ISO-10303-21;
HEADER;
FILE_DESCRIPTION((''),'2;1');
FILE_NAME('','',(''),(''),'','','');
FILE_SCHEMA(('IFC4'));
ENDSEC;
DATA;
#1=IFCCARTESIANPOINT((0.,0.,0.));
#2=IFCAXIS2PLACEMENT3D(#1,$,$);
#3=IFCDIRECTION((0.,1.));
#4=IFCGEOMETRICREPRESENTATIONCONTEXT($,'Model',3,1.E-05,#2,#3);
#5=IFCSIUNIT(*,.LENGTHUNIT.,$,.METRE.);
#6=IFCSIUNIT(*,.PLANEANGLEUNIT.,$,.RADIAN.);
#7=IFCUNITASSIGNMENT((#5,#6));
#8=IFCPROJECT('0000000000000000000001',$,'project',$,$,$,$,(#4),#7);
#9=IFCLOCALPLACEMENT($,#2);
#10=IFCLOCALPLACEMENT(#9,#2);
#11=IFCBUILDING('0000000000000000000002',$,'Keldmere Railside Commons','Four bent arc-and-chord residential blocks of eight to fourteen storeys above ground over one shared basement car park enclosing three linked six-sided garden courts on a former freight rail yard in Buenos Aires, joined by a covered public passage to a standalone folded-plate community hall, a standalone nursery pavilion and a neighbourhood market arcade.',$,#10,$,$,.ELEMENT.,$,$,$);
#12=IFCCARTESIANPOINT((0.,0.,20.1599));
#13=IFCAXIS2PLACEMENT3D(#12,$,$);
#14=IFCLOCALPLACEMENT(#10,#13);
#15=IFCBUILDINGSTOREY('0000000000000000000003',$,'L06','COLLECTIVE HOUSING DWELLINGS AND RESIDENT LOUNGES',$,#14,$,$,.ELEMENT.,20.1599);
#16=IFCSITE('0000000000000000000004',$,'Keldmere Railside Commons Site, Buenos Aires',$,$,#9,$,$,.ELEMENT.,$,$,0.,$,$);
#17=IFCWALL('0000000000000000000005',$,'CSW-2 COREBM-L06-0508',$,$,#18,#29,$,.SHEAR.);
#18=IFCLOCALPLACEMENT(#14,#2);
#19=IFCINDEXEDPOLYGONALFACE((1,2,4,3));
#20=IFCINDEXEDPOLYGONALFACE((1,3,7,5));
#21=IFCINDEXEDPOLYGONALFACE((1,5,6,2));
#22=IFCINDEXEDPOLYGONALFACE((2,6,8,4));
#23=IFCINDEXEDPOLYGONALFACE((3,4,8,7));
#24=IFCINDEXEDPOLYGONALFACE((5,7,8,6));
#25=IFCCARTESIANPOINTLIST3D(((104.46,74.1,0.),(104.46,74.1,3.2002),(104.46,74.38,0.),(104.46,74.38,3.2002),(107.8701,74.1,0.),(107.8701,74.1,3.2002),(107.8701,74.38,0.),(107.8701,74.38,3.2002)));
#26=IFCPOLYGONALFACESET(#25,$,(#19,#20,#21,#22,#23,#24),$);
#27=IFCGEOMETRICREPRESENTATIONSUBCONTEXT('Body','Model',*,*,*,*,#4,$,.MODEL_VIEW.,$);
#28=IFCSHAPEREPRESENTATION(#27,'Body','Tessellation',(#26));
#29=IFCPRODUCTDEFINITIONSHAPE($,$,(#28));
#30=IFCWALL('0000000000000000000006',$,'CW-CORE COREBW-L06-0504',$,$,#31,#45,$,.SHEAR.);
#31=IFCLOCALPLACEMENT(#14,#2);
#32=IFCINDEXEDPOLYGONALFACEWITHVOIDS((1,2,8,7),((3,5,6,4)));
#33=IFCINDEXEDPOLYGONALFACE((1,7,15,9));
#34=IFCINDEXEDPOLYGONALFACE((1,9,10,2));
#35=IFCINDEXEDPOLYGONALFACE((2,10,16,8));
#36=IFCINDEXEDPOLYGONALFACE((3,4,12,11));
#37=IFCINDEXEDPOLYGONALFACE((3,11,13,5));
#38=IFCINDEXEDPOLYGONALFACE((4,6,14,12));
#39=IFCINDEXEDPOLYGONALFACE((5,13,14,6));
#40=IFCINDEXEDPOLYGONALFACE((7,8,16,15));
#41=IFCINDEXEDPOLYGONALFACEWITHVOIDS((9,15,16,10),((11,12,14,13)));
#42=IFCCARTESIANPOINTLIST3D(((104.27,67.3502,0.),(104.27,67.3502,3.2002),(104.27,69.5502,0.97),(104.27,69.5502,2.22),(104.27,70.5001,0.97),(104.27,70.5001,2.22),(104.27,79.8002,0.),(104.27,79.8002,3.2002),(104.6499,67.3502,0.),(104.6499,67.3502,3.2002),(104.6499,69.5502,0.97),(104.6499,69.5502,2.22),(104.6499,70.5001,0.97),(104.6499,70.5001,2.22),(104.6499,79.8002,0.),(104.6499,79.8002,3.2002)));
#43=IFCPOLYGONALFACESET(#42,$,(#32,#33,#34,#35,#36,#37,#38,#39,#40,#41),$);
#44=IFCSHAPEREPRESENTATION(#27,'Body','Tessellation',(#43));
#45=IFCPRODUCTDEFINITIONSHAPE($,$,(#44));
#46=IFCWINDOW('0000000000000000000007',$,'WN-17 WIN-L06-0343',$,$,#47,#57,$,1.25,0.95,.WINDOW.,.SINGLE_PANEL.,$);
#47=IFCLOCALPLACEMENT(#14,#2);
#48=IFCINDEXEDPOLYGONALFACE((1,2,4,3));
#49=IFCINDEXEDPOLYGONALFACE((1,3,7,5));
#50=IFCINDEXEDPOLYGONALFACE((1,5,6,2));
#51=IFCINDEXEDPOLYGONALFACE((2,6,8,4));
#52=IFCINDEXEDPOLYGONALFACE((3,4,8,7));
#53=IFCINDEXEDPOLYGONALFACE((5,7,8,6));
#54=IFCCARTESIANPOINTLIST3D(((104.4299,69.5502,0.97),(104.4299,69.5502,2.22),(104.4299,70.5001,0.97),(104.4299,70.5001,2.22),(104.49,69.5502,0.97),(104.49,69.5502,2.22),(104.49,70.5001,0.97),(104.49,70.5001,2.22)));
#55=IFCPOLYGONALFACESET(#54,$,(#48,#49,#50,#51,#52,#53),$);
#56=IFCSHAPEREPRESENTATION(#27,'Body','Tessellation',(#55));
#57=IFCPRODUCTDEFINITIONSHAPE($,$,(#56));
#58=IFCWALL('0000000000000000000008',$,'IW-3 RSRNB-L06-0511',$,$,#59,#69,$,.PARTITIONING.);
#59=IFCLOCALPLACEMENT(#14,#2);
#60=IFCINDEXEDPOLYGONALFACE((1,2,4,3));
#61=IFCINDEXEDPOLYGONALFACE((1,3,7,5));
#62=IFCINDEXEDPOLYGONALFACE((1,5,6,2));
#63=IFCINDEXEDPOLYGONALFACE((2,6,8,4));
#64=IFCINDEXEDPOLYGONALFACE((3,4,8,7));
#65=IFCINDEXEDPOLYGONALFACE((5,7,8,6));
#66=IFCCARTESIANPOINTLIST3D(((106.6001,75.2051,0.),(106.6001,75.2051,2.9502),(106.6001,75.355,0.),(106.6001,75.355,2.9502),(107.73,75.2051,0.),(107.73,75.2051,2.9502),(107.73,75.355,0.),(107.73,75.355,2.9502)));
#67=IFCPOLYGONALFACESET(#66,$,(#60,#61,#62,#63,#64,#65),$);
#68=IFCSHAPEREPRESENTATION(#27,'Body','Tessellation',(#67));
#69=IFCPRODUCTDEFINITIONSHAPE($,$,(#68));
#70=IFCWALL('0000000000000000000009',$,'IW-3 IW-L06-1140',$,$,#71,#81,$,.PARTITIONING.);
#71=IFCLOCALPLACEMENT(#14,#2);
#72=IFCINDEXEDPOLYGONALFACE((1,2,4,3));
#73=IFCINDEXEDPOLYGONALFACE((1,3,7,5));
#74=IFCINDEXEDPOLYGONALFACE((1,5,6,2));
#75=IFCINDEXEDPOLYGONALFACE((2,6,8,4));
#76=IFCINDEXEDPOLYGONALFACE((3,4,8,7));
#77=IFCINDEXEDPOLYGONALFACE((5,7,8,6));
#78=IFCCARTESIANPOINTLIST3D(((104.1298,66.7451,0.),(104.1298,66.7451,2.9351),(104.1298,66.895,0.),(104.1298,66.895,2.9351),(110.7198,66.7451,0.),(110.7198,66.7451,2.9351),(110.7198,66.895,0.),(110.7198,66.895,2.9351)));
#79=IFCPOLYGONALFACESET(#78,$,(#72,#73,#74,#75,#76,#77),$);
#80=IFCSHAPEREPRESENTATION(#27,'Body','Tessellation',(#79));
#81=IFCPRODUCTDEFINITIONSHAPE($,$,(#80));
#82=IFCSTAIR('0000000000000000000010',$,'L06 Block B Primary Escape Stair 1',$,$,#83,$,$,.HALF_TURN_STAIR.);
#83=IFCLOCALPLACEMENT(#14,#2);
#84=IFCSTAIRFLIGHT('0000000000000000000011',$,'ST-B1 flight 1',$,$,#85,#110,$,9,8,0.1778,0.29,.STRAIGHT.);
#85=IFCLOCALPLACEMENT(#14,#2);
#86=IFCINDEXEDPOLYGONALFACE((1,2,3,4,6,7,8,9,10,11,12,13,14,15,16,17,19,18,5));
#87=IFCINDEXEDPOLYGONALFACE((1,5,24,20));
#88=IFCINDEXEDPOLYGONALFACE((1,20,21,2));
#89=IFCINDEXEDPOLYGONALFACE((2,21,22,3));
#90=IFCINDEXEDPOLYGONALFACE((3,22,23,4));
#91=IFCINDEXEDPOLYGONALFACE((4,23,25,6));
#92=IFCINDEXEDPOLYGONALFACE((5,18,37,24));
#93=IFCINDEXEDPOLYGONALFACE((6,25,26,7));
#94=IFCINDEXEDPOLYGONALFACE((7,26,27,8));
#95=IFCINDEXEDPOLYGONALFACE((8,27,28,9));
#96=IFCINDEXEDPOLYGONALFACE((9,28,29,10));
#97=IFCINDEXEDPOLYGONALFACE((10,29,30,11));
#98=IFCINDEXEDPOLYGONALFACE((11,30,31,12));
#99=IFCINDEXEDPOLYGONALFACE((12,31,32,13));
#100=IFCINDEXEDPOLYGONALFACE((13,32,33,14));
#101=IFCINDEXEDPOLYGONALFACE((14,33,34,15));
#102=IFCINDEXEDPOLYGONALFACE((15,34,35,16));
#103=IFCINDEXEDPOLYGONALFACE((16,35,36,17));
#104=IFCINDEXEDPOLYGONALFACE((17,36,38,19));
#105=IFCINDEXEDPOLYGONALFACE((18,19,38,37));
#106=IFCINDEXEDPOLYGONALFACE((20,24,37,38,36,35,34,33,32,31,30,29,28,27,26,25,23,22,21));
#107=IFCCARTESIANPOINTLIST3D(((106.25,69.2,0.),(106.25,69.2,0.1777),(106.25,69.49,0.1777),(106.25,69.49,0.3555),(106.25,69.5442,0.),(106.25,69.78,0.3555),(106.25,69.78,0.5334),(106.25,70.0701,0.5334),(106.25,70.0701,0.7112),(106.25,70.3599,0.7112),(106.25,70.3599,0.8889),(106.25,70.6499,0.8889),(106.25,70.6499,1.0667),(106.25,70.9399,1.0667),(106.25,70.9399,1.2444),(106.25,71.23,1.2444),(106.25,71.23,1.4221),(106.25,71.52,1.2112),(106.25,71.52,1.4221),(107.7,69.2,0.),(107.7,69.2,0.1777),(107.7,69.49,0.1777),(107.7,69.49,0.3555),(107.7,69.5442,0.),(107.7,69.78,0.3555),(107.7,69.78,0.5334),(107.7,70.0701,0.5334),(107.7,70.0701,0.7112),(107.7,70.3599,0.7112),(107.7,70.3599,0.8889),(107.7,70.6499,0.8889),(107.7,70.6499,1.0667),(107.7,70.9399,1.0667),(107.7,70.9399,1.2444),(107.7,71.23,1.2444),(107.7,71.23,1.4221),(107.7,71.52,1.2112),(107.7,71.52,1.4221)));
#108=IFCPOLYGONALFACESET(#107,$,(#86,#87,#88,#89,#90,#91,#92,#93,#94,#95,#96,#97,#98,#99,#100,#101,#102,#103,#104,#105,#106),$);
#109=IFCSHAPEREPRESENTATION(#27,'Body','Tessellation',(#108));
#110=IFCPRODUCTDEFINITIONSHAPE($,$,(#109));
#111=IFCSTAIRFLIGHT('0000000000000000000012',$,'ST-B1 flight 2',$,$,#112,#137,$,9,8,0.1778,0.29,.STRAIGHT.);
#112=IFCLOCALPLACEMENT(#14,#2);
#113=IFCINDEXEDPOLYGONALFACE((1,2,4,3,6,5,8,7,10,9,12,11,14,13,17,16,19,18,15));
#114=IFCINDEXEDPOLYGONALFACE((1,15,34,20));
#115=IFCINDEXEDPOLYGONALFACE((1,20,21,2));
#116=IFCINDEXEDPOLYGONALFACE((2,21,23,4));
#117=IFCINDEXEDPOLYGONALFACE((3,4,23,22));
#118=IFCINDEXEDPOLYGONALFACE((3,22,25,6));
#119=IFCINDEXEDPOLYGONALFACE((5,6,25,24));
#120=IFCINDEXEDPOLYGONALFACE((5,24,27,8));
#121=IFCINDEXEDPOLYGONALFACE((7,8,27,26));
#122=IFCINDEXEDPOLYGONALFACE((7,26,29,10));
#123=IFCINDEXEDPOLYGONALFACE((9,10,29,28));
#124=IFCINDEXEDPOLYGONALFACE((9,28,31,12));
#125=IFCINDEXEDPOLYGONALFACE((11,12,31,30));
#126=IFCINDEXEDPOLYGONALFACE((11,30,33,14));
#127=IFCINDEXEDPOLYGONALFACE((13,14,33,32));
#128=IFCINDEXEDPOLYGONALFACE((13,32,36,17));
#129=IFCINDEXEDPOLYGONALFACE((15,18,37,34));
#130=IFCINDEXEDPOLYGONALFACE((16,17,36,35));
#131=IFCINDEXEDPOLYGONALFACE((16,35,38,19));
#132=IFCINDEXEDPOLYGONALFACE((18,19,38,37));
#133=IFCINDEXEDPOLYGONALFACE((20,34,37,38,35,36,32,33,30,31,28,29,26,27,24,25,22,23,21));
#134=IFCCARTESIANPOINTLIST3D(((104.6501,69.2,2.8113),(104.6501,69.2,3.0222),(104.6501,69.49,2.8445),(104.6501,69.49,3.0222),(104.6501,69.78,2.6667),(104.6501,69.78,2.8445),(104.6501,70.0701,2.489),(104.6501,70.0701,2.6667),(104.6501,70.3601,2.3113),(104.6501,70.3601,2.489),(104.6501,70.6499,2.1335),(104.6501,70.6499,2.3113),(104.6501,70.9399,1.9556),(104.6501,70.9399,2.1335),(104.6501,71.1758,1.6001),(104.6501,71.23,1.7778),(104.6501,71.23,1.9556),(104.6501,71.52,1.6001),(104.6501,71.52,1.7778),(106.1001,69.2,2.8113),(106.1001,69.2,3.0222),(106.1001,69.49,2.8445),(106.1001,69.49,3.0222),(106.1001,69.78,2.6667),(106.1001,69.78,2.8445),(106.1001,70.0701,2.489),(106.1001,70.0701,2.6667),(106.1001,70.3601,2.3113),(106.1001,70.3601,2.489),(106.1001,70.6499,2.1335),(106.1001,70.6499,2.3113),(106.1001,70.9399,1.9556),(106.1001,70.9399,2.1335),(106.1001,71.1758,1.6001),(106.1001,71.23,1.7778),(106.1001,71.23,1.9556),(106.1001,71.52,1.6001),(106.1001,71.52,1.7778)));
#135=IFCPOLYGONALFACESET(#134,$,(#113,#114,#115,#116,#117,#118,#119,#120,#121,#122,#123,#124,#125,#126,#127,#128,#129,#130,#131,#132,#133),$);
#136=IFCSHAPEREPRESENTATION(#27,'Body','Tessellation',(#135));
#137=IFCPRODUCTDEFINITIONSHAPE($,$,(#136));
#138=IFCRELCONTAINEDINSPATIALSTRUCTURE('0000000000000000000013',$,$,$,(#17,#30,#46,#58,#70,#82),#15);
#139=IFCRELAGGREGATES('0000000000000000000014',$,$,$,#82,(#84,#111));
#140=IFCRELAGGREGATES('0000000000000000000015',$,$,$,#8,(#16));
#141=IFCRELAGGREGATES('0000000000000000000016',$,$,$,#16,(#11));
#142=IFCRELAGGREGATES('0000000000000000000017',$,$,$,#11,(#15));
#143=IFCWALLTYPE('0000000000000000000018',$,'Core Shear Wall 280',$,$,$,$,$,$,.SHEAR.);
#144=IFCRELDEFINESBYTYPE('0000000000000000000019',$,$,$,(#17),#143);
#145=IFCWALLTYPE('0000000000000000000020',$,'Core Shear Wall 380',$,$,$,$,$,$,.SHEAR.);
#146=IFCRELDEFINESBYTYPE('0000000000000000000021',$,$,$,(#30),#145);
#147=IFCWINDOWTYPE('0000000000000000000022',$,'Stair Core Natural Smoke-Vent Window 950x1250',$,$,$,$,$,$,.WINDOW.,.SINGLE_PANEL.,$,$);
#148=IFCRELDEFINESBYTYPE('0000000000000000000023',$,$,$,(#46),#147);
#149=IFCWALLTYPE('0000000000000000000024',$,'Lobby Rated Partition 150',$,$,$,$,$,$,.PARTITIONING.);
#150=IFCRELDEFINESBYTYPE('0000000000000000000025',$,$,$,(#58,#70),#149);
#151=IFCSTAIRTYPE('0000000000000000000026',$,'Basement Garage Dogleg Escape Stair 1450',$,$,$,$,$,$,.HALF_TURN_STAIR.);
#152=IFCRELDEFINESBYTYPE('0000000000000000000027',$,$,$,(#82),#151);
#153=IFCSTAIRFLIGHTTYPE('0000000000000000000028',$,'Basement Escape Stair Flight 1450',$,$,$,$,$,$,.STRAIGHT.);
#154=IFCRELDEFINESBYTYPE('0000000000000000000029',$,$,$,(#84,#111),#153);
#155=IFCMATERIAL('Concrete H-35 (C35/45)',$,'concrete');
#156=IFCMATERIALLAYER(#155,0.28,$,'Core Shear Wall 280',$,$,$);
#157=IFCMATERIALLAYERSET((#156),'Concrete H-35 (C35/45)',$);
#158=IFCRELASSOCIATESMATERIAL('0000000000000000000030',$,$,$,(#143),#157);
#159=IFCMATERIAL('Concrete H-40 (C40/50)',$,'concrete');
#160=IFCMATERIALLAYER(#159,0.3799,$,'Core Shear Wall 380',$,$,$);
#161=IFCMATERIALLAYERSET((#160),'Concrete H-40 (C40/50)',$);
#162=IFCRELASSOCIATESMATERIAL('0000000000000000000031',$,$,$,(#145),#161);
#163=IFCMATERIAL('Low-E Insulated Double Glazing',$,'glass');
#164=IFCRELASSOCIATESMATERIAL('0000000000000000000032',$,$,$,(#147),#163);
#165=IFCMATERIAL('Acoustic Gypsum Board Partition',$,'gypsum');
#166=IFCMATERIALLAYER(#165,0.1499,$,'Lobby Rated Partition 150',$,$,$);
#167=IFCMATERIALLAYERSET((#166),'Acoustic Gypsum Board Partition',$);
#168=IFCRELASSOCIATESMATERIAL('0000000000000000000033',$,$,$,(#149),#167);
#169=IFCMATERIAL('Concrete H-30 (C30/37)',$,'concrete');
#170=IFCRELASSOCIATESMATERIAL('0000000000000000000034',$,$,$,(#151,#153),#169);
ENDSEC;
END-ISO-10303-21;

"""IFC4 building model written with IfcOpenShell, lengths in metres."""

from ifc_helpers import new_model, si_unit, direction, frame, frame_2d, origin, place, context, subcontext, project, spatial, polyline, rectangle, outline, extrude, material, layer, layer_set, type_object, element, fill, aggregate, save


model = new_model("IFC4")

# Units and contexts
model_context = context("Model", 3, precision=1e-05, world=origin(), true_north=direction((0.0, 1.0)))
body_context = subcontext(model_context, "Body", "Model", "MODEL_VIEW")
ifc_project = project(units=[si_unit("LENGTHUNIT", "METRE"), si_unit("PLANEANGLEUNIT", "RADIAN")], contexts=[model_context])

# Site, building, storey
site_placement = place(None, origin())
site = spatial("IfcSite", under=ifc_project, at=site_placement, Name="Keldmere Railside Commons Site, Buenos Aires", CompositionType="ELEMENT", RefElevation=0.0)
building_placement = place(site_placement, origin())
building = spatial("IfcBuilding", under=site, at=building_placement, Name="Keldmere Railside Commons", Description="Four bent arc-and-chord residential blocks of eight to fourteen storeys above ground over one shared basement car park enclosing three linked six-sided garden courts on a former freight rail yard in Buenos Aires, joined by a covered public passage to a standalone folded-plate community hall, a standalone nursery pavilion and a neighbourhood market arcade.", CompositionType="ELEMENT")
storey_placement = place(building_placement, frame((0.0, 0.0, 20.1599)))
storey = spatial("IfcBuildingStorey", under=building, at=storey_placement, Name="L06", Description="COLLECTIVE HOUSING DWELLINGS AND RESIDENT LOUNGES", CompositionType="ELEMENT", Elevation=20.1599)

# Wall
ifc_material_1 = material(Name="Concrete H-35 (C35/45)", Category="concrete")
ifc_layer_1 = layer(ifc_material_1, 0.28, Name="Core Shear Wall 280")
ifc_layer_set_1 = layer_set([ifc_layer_1], Name="Concrete H-35 (C35/45)")
wall_type_1 = type_object("IfcWallType", Name="Core Shear Wall 280", PredefinedType="SHEAR", material=ifc_layer_set_1)
wall_1_placement = place(storey_placement, frame((104.46, 74.24, 0.0), z_axis=(0.0, 0.0, 1.0), x_axis=(1.0, 0.0, 0.0)))
element("IfcWall", 1, at=wall_1_placement, inside=storey, type_object=wall_type_1, Name="CSW-2 COREBM-L06-0508", PredefinedType="SHEAR", context=body_context, shape_type="SweptSolid", body=[
    extrude(rectangle(XDim=3.4102, YDim=0.28, at=frame_2d((1.7051, 0.0))), origin(), (0.0, 0.0, 1.0), 3.2002),
])

# Wall, opening, window
ifc_material_2 = material(Name="Concrete H-40 (C40/50)", Category="concrete")
ifc_layer_2 = layer(ifc_material_2, 0.3799, Name="Core Shear Wall 380")
ifc_layer_set_2 = layer_set([ifc_layer_2], Name="Concrete H-40 (C40/50)")
wall_type_2 = type_object("IfcWallType", Name="Core Shear Wall 380", PredefinedType="SHEAR", material=ifc_layer_set_2)
wall_2_placement = place(storey_placement, frame((104.46, 67.3501, 0.0), z_axis=(0.0, 0.0, 1.0), x_axis=(0.0, 1.0, 0.0)))
wall_2 = element("IfcWall", 2, at=wall_2_placement, inside=storey, type_object=wall_type_2, Name="CW-CORE COREBW-L06-0504", PredefinedType="SHEAR", context=body_context, shape_type="SweptSolid", body=[
    extrude(rectangle(XDim=12.45, YDim=0.3799, at=frame_2d((6.2251, 0.0))), origin(), (0.0, 0.0, 1.0), 3.2002),
])
opening_1_placement = place(wall_2_placement, frame((2.2, 0.0, 0.97)))
opening_1 = element("IfcOpeningElement", 3, at=opening_1_placement, cuts=wall_2, PredefinedType="OPENING", context=body_context, shape_type="SweptSolid", body=[
    extrude(rectangle(XDim=0.95, YDim=1.25, at=frame_2d((0.4751, 0.625))), frame((0.0, 0.2, 0.0), z_axis=(0.0, -1.0, 0.0), x_axis=(1.0, 0.0, 0.0)), (0.0, 0.0, 1.0), 0.3999),
])
ifc_material_3 = material(Name="Low-E Insulated Double Glazing", Category="glass")
window_type = type_object("IfcWindowType", Name="Stair Core Natural Smoke-Vent Window 950x1250", PartitioningType="SINGLE_PANEL", PredefinedType="WINDOW", material=ifc_material_3)
window_placement = place(opening_1_placement, origin())
window = element("IfcWindow", 4, at=window_placement, inside=storey, type_object=window_type, Name="WN-17 WIN-L06-0343", OverallHeight=1.25, OverallWidth=0.95, PartitioningType="SINGLE_PANEL", PredefinedType="WINDOW", context=body_context, shape_type="SweptSolid", body=[
    extrude(rectangle(XDim=0.95, YDim=1.25, at=frame_2d((0.4751, 0.625))), frame((0.0, 0.03, 0.0), z_axis=(0.0, -1.0, 0.0), x_axis=(1.0, 0.0, 0.0)), (0.0, 0.0, 1.0), 0.0601),
])
fill(opening_1, window)

# Walls
ifc_material_4 = material(Name="Acoustic Gypsum Board Partition", Category="gypsum")
ifc_layer_3 = layer(ifc_material_4, 0.1499, Name="Lobby Rated Partition 150")
ifc_layer_set_3 = layer_set([ifc_layer_3], Name="Acoustic Gypsum Board Partition")
wall_type_3 = type_object("IfcWallType", Name="Lobby Rated Partition 150", PredefinedType="PARTITIONING", material=ifc_layer_set_3)
wall_3_placement = place(storey_placement, frame((106.6001, 75.28, 0.0), z_axis=(0.0, 0.0, 1.0), x_axis=(1.0, 0.0, 0.0)))
element("IfcWall", 5, at=wall_3_placement, inside=storey, type_object=wall_type_3, Name="IW-3 RSRNB-L06-0511", PredefinedType="PARTITIONING", context=body_context, shape_type="SweptSolid", body=[
    extrude(rectangle(XDim=1.1299, YDim=0.1499, at=frame_2d((0.5649, 0.0))), origin(), (0.0, 0.0, 1.0), 2.9502),
])
wall_4_placement = place(storey_placement, frame((104.1299, 66.8201, 0.0), z_axis=(0.0, 0.0, 1.0), x_axis=(1.0, 0.0, 0.0)))
element("IfcWall", 6, at=wall_4_placement, inside=storey, type_object=wall_type_3, Name="IW-3 IW-L06-1140", PredefinedType="PARTITIONING", context=body_context, shape_type="SweptSolid", body=[
    extrude(rectangle(XDim=6.5901, YDim=0.1499, at=frame_2d((3.2949, 0.0))), origin(), (0.0, 0.0, 1.0), 2.9351),
])

# Stair, stair flights
ifc_material_5 = material(Name="Concrete H-30 (C30/37)", Category="concrete")
stair_type = type_object("IfcStairType", Name="Basement Garage Dogleg Escape Stair 1450", PredefinedType="HALF_TURN_STAIR", material=ifc_material_5)
stair_placement = place(storey_placement, origin())
stair = element("IfcStair", 7, at=stair_placement, inside=storey, type_object=stair_type, Name="L06 Block B Primary Escape Stair 1", PredefinedType="HALF_TURN_STAIR")
stair_flight_type = type_object("IfcStairFlightType", Name="Basement Escape Stair Flight 1450", PredefinedType="STRAIGHT", material=ifc_material_5)
stair_flight_1_placement = place(storey_placement, frame((106.9751, 69.2, 0.0), z_axis=(0.0, 0.0, 1.0), x_axis=(0.0, 1.0, 0.0)))
stair_flight_1 = element("IfcStairFlight", 8, at=stair_flight_1_placement, type_object=stair_flight_type, Name="ST-B1 flight 1", NumberOfRisers=9, NumberOfTreads=8, PredefinedType="STRAIGHT", RiserHeight=0.1778, TreadLength=0.29, context=body_context, shape_type="SweptSolid", body=[
    extrude(outline(polyline([(0.0, 0.0), (0.0, 0.1777), (0.29, 0.1777), (0.29, 0.3555), (0.5801, 0.3555), (0.5801, 0.5334), (0.8701, 0.5334), (0.8701, 0.7112), (1.1599, 0.7112), (1.1599, 0.8889), (1.45, 0.8889), (1.45, 1.0667), (1.74, 1.0667), (1.74, 1.2444), (2.03, 1.2444), (2.03, 1.4221), (2.3201, 1.4221), (2.3201, 1.6001), (2.3201, 1.2112), (0.3442, 0.0), (0.0, 0.0)])), frame((0.0, 0.7251, 0.0), z_axis=(0.0, -1.0, 0.0), x_axis=(1.0, 0.0, 0.0)), (0.0, 0.0, 1.0), 1.45),
])
stair_flight_2_placement = place(storey_placement, frame((105.375, 71.52, 1.6001), z_axis=(0.0, 0.0, 1.0), x_axis=(0.0, -1.0, 0.0)))
stair_flight_2 = element("IfcStairFlight", 9, at=stair_flight_2_placement, type_object=stair_flight_type, Name="ST-B1 flight 2", NumberOfRisers=9, NumberOfTreads=8, PredefinedType="STRAIGHT", RiserHeight=0.1778, TreadLength=0.29, context=body_context, shape_type="SweptSolid", body=[
    extrude(outline(polyline([(0.0, 0.0), (0.0, 0.1777), (0.29, 0.1777), (0.29, 0.3555), (0.5801, 0.3555), (0.5801, 0.5334), (0.8701, 0.5334), (0.8701, 0.7112), (1.1599, 0.7112), (1.1599, 0.8889), (1.45, 0.8889), (1.45, 1.0667), (1.74, 1.0667), (1.74, 1.2444), (2.03, 1.2444), (2.03, 1.4221), (2.3201, 1.4221), (2.3201, 1.6001), (2.3201, 1.2112), (0.3442, 0.0), (0.0, 0.0)])), frame((0.0, 0.7251, 0.0), z_axis=(0.0, -1.0, 0.0), x_axis=(1.0, 0.0, 0.0)), (0.0, 0.0, 1.0), 1.45),
])
aggregate(stair, [stair_flight_1, stair_flight_2])

save(model, "model.ifc")
